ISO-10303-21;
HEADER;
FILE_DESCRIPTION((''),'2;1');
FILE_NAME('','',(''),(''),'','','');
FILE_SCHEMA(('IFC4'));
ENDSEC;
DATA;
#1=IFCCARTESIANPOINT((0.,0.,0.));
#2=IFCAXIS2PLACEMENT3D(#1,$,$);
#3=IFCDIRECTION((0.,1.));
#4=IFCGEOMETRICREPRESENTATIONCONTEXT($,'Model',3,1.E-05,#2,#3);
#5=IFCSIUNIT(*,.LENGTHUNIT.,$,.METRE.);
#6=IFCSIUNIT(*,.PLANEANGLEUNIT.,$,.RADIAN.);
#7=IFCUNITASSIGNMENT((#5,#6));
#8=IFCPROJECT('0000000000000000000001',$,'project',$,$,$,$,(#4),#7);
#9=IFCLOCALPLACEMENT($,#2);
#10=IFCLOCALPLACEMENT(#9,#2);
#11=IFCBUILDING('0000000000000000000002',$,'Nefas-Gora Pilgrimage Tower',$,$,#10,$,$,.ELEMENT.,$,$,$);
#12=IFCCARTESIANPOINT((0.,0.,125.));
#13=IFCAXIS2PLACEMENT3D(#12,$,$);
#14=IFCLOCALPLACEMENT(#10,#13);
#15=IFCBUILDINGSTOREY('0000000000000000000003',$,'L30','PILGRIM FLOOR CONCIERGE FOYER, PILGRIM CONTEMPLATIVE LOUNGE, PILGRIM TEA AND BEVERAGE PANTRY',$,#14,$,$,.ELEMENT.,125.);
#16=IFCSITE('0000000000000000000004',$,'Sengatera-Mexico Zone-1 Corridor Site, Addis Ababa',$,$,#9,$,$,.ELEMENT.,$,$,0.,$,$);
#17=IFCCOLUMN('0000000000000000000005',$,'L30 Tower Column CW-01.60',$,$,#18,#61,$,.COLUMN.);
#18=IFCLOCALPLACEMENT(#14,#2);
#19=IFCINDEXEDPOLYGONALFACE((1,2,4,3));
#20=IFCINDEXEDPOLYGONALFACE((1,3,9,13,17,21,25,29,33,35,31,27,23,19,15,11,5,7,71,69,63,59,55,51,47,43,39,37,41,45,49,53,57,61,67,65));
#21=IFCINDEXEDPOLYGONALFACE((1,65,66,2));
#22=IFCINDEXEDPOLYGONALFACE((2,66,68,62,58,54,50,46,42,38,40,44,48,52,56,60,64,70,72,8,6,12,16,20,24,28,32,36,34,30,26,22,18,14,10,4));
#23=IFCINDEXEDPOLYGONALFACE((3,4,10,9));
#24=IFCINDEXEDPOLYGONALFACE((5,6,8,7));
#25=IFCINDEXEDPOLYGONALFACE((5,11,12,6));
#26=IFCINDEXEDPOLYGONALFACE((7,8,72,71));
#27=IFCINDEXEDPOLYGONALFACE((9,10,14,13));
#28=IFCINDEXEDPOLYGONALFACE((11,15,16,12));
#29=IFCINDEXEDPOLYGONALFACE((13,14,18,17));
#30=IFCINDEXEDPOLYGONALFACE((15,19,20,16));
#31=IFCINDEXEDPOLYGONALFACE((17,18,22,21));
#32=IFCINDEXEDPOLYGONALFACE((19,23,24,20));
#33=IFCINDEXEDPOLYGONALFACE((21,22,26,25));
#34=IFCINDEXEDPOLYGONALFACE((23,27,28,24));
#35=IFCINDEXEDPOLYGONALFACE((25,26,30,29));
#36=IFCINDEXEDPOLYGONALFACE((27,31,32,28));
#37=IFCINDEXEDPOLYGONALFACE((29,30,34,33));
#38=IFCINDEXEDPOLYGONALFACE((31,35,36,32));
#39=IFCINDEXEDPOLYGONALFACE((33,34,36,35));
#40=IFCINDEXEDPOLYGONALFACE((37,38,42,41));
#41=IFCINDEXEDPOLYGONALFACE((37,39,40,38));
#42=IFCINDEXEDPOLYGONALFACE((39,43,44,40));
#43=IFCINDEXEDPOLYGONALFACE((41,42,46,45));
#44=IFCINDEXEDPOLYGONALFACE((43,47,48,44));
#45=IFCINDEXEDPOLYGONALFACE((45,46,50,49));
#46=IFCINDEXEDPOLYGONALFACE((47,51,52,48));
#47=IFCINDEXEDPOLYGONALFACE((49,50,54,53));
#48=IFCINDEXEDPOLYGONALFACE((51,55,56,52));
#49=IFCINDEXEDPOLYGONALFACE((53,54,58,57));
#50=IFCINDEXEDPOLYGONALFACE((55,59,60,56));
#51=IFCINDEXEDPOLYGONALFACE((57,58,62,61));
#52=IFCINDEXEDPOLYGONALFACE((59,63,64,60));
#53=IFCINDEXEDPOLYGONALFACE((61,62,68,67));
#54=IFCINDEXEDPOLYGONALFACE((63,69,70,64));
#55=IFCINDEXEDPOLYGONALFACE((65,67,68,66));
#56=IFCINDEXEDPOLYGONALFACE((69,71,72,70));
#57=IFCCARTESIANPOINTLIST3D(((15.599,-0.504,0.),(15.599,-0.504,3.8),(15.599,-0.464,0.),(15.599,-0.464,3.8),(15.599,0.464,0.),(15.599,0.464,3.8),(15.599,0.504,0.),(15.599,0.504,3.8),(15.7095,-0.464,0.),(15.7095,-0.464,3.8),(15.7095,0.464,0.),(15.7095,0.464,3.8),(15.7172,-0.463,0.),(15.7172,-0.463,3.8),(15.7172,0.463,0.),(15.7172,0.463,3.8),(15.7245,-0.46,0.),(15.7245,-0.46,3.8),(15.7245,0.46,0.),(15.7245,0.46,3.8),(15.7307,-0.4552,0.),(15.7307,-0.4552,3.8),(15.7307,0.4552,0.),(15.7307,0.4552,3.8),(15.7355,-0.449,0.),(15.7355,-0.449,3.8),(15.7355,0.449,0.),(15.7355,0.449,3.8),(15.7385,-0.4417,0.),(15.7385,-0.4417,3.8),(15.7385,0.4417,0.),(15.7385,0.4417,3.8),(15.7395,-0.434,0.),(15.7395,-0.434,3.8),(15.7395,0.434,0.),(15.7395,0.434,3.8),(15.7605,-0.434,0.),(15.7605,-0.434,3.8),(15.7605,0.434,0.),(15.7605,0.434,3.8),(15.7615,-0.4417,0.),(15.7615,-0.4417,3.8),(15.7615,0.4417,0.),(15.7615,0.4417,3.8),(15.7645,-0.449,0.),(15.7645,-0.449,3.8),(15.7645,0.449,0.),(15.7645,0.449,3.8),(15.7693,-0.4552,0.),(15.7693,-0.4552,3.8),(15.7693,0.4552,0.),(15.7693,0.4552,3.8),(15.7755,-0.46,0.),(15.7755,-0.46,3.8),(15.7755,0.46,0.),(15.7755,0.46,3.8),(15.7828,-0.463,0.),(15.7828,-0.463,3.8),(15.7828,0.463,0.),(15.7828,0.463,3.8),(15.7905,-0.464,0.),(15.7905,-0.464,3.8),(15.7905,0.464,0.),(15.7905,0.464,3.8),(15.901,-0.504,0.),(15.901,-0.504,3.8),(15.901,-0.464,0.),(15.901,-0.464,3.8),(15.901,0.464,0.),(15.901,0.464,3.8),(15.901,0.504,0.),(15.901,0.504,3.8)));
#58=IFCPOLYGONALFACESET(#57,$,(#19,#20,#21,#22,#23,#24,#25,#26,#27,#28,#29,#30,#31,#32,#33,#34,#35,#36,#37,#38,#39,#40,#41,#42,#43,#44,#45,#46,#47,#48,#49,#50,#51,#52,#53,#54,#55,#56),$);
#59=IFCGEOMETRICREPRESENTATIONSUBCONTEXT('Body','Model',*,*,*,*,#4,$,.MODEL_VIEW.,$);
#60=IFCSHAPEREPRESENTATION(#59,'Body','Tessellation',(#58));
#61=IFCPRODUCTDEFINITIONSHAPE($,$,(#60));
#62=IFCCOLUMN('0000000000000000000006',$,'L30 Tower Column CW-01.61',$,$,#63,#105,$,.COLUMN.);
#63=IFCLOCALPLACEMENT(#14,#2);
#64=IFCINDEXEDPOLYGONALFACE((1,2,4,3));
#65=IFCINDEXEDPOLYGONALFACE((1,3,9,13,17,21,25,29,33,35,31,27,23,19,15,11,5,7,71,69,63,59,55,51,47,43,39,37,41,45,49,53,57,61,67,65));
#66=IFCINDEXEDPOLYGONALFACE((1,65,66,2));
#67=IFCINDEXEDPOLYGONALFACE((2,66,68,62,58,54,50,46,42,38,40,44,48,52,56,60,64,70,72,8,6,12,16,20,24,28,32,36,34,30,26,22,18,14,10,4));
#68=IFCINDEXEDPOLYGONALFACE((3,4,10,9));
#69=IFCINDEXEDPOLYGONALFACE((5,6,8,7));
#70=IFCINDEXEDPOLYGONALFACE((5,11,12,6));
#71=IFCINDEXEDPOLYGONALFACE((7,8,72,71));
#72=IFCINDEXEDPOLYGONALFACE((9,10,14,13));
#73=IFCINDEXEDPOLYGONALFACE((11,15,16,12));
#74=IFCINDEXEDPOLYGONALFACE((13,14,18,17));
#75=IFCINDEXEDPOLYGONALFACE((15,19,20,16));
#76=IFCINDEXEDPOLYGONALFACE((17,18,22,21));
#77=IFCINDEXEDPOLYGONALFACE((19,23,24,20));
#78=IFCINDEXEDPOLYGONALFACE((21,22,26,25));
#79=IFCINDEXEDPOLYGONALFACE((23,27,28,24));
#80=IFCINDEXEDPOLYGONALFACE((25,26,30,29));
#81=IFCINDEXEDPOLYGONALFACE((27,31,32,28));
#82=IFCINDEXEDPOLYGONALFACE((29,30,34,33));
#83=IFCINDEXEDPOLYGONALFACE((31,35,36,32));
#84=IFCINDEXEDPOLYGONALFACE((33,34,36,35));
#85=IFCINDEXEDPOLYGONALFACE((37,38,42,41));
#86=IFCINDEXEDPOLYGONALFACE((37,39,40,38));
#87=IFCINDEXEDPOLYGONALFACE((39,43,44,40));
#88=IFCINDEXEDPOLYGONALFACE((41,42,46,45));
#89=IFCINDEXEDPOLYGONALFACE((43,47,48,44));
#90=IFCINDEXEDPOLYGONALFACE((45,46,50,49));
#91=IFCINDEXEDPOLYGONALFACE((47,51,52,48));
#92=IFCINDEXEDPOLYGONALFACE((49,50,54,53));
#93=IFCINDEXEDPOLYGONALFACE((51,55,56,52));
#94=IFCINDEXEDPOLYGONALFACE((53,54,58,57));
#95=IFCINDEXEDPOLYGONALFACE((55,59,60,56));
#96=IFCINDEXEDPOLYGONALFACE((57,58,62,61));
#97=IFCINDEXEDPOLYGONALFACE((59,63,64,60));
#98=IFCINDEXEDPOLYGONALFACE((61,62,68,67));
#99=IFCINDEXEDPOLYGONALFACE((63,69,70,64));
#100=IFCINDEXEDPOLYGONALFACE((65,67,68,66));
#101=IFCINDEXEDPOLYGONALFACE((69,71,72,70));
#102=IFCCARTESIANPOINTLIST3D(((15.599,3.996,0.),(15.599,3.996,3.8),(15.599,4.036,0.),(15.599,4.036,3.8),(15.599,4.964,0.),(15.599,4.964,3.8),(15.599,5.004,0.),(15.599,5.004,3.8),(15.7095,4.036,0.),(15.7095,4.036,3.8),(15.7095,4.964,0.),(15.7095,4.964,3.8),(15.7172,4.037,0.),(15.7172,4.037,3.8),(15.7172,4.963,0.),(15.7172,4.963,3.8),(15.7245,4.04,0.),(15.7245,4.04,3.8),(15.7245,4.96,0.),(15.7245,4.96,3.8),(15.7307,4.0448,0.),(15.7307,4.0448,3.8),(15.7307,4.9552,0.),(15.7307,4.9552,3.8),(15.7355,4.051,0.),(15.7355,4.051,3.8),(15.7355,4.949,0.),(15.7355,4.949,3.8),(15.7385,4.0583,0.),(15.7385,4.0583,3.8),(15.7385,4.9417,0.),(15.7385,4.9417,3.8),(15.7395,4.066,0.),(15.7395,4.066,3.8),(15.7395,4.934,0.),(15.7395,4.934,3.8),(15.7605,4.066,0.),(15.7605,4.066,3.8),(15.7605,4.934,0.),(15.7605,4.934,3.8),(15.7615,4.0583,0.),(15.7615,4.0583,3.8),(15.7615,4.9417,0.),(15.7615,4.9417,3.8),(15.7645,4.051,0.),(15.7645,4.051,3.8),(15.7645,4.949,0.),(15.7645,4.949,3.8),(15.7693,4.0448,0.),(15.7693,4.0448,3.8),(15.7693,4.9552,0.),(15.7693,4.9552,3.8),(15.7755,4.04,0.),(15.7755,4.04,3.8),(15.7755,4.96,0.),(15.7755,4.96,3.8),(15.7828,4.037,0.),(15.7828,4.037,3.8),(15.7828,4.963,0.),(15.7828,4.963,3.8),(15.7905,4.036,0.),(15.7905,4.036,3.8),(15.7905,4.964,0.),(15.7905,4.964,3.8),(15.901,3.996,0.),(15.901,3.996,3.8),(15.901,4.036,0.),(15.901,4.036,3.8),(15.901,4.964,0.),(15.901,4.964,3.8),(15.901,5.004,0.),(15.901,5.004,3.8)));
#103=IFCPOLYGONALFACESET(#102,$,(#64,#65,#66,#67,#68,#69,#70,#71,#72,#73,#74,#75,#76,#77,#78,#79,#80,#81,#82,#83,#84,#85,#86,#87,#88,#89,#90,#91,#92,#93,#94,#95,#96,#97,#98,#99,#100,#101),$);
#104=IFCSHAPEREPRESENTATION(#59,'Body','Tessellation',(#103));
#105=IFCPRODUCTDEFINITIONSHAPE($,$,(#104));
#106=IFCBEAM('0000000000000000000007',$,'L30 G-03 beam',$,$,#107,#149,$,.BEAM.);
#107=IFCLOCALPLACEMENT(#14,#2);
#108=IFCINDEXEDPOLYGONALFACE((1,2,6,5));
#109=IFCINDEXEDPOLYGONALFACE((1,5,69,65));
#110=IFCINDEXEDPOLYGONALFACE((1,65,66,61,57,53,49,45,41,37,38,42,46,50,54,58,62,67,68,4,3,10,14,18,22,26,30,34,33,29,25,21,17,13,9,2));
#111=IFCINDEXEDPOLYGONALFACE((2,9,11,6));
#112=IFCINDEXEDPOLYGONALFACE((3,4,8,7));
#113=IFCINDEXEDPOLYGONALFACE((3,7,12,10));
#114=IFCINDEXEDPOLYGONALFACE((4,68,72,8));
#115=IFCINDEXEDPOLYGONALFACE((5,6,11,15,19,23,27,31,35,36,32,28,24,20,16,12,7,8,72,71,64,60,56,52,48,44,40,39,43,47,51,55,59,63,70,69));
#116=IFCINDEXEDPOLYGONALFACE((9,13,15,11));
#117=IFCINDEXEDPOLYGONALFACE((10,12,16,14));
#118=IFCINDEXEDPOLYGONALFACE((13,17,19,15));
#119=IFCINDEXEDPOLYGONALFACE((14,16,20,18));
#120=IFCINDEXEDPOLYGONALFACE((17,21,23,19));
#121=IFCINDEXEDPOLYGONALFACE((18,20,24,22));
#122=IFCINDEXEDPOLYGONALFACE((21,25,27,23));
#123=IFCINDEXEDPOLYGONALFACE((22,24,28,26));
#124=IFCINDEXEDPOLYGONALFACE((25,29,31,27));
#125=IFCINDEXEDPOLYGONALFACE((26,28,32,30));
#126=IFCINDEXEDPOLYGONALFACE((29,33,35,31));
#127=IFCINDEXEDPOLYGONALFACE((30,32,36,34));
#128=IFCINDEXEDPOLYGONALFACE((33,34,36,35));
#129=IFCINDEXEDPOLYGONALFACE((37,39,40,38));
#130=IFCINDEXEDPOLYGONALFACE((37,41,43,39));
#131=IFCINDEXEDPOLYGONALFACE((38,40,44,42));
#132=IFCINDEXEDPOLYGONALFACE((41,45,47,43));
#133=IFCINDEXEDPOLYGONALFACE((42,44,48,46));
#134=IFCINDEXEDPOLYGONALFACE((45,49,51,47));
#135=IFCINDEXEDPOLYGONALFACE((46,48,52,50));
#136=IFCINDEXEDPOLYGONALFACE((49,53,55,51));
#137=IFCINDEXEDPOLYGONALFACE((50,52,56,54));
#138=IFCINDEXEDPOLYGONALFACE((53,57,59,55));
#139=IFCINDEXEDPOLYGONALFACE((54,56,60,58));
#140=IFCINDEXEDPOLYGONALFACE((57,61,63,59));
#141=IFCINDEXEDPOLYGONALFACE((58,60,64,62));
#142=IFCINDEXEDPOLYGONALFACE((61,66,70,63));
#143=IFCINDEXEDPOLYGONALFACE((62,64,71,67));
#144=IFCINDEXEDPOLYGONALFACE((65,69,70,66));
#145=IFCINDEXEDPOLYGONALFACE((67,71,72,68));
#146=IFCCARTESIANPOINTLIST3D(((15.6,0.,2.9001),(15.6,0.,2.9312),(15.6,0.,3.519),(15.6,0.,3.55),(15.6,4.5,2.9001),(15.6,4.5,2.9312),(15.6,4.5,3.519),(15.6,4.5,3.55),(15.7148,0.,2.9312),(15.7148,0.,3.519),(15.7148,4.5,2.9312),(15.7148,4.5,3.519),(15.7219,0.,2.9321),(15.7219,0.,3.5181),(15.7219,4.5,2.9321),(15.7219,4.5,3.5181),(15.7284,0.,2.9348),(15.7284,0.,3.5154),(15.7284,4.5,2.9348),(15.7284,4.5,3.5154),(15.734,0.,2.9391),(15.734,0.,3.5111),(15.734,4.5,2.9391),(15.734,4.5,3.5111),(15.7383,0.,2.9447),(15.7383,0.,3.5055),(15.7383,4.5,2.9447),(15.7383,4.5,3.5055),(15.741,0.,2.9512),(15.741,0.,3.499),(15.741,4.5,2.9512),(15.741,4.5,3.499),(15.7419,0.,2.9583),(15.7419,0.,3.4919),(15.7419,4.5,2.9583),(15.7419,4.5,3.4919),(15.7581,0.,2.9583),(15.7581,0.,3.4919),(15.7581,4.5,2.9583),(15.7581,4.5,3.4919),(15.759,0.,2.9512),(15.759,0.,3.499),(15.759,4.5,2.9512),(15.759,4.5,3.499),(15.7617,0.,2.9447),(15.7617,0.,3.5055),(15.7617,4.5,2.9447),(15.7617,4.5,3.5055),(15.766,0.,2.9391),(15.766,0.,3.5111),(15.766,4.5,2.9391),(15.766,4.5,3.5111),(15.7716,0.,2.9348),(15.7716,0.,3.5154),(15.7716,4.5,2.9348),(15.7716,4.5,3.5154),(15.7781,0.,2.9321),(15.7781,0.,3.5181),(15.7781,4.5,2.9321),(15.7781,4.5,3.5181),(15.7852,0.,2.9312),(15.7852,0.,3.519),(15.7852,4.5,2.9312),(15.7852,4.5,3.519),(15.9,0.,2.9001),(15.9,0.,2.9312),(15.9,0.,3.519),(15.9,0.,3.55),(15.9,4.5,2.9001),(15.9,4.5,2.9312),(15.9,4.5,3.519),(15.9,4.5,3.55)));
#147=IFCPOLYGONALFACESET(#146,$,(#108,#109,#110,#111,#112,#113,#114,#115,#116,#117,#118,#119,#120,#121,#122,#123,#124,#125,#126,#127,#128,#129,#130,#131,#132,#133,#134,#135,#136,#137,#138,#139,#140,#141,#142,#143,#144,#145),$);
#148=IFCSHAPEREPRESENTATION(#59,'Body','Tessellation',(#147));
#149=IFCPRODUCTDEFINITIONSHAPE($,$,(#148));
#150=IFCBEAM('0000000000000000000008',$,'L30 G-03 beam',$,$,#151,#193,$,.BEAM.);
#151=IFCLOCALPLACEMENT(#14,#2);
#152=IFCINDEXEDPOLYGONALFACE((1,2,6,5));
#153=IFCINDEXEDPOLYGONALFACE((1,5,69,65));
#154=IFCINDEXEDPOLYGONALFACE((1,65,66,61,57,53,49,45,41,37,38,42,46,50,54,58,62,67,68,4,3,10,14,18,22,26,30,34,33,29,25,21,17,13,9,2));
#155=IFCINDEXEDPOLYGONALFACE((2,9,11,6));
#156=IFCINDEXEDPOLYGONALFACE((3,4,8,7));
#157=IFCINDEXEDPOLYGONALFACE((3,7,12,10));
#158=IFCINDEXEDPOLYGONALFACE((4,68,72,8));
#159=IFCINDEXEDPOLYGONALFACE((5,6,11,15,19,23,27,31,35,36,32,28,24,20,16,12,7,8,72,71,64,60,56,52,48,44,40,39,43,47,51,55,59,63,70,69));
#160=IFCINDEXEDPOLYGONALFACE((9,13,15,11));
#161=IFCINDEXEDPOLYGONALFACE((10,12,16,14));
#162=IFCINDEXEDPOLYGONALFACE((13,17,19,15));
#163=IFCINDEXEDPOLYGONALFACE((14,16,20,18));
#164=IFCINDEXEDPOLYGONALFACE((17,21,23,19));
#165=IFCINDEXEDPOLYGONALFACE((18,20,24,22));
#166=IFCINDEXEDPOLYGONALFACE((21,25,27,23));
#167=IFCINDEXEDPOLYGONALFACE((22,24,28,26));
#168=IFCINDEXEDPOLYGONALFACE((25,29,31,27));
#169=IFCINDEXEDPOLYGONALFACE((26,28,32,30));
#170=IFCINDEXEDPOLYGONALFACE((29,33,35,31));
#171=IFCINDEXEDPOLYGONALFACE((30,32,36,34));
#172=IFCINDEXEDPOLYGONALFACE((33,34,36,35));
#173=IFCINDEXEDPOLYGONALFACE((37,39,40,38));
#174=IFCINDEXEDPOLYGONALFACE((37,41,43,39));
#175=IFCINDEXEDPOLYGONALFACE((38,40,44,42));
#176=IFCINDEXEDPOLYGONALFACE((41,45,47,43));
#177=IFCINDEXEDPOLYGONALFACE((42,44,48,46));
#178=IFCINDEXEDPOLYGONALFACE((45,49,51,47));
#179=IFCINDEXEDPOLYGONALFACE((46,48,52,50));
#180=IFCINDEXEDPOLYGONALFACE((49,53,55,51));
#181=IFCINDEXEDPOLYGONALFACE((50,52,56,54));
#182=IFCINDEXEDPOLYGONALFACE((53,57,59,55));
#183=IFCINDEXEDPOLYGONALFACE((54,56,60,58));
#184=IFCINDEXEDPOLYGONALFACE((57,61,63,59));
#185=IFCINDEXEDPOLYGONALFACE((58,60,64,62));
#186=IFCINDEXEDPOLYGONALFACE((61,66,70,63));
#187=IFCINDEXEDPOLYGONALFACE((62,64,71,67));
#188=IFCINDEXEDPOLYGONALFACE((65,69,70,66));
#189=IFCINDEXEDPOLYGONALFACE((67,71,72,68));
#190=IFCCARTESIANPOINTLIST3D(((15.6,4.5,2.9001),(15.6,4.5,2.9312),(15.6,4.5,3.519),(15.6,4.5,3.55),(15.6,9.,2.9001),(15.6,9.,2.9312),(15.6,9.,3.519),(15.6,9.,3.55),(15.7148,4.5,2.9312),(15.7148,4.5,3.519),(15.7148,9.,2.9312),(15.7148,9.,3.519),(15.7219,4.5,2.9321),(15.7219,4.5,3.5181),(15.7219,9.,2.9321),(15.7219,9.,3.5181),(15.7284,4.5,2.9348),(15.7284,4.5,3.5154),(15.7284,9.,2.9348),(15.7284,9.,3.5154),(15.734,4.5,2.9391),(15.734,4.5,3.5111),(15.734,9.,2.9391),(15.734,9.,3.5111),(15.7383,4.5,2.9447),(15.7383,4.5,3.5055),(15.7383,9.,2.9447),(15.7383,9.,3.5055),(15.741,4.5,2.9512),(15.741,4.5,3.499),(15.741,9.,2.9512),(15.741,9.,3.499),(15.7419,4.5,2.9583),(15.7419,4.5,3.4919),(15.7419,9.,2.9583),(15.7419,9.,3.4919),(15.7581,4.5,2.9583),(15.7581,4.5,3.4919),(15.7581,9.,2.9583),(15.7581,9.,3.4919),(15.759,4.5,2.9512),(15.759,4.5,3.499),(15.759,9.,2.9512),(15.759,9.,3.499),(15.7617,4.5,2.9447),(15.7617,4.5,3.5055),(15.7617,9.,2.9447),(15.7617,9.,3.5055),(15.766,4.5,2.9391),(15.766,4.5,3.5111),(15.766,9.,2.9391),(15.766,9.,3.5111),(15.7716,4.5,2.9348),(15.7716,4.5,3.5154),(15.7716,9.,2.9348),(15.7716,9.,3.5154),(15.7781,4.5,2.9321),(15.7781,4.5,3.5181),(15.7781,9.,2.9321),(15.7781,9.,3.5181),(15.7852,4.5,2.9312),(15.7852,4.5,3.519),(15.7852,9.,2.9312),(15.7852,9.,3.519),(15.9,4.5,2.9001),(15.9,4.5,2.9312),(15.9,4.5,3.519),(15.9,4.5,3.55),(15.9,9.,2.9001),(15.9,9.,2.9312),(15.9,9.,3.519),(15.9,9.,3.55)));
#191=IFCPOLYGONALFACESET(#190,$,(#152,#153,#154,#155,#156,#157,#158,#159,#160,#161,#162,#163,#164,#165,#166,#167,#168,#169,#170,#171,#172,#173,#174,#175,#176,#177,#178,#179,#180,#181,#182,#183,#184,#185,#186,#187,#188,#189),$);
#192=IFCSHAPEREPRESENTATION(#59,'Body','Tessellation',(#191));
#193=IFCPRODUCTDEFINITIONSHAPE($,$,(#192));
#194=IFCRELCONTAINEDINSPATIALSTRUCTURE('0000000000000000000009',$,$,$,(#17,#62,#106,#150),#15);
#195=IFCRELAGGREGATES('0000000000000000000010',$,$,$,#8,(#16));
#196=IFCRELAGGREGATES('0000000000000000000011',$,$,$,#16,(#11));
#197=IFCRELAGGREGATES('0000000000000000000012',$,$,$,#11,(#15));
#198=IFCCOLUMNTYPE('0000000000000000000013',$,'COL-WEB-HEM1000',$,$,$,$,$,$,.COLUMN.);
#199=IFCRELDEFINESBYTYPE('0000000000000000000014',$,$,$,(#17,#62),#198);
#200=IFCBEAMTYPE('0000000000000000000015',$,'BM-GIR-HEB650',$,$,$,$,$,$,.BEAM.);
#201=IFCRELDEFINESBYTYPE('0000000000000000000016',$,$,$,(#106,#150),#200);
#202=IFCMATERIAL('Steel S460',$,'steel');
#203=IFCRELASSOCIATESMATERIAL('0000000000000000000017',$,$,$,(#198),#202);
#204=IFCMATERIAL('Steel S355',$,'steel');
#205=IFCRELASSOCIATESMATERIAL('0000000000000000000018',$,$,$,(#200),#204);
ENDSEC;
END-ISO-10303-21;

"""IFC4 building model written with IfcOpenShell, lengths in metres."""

from ifc_helpers import new_model, si_unit, direction, frame, origin, origin_2d, place, context, subcontext, project, spatial, i_section, extrude, source, transform, mapped, material, material_profile, profile_set, type_object, element, save


model = new_model("IFC4")

# Units and contexts
model_context = context("Model", 3, precision=1e-05, world=origin(), true_north=direction((0.0, 1.0)))
body_context = subcontext(model_context, "Body", "Model", "MODEL_VIEW")
ifc_project = project(units=[si_unit("LENGTHUNIT", "METRE"), si_unit("PLANEANGLEUNIT", "RADIAN")], contexts=[model_context])

# Site, building, storey
site_placement = place(None, origin())
site = spatial("IfcSite", under=ifc_project, at=site_placement, Name="Sengatera-Mexico Zone-1 Corridor Site, Addis Ababa", CompositionType="ELEMENT", RefElevation=0.0)
building_placement = place(site_placement, origin())
building = spatial("IfcBuilding", under=site, at=building_placement, Name="Nefas-Gora Pilgrimage Tower", CompositionType="ELEMENT")
storey_placement = place(building_placement, frame((0.0, 0.0, 125.0)))
storey = spatial("IfcBuildingStorey", under=building, at=storey_placement, Name="L30", Description="PILGRIM FLOOR CONCIERGE FOYER, PILGRIM CONTEMPLATIVE LOUNGE, PILGRIM TEA AND BEVERAGE PANTRY", CompositionType="ELEMENT", Elevation=125.0)

# Columns
ifc_material_1 = material(Name="Steel S460", Category="steel")
ifc_material_profile_1 = material_profile(ifc_material_1, i_section(OverallWidth=0.302, OverallDepth=1.0081, WebThickness=0.021, FlangeThickness=0.04, FilletRadius=0.03, at=origin_2d()), Name="HEM 1000")
ifc_profile_set_1 = profile_set([ifc_material_profile_1], Name="Steel S460")
column_type = type_object("IfcColumnType", Name="COL-WEB-HEM1000", PredefinedType="COLUMN", material=ifc_profile_set_1)
shared_shape_1 = source(origin(), body_context, "Body", "SweptSolid", [
    extrude(i_section(OverallWidth=0.302, OverallDepth=1.0081, WebThickness=0.021, FlangeThickness=0.04, FilletRadius=0.03, at=origin_2d()), origin(), (0.0, 0.0, 1.0), 3.8),
])
for number, where, z_axis, x_axis, name in (
    (1, (15.75, 0.0, 0.0), (0.0, 0.0, 1.0), (1.0, 0.0, 0.0), "L30 Tower Column CW-01.60"),
    (2, (15.75, 4.5, 0.0), (0.0, 0.0, 1.0), (1.0, 0.0, 0.0), "L30 Tower Column CW-01.61"),
):
    element("IfcColumn", number, at=place(storey_placement, frame(where, z_axis=z_axis, x_axis=x_axis)), inside=storey, type_object=column_type, Name=name, PredefinedType="COLUMN", context=body_context, shape_type="MappedRepresentation", body=[
        mapped(shared_shape_1, transform((0.0, 0.0, 0.0), x_axis=(1.0, 0.0, 0.0), y_axis=(0.0, 1.0, 0.0), z_axis=(0.0, 0.0, 1.0), scale=1.0)),
    ])

# Beams
ifc_material_2 = material(Name="Steel S355", Category="steel")
ifc_material_profile_2 = material_profile(ifc_material_2, i_section(OverallWidth=0.3, OverallDepth=0.6499, WebThickness=0.0161, FlangeThickness=0.031, FilletRadius=0.0271, at=origin_2d()), Name="HEB 650")
ifc_profile_set_2 = profile_set([ifc_material_profile_2], Name="Steel S355")
beam_type = type_object("IfcBeamType", Name="BM-GIR-HEB650", PredefinedType="BEAM", material=ifc_profile_set_2)
shared_shape_2 = source(origin(), body_context, "Body", "SweptSolid", [
    extrude(i_section(OverallWidth=0.3, OverallDepth=0.6499, WebThickness=0.0161, FlangeThickness=0.031, FilletRadius=0.0271, at=origin_2d()), origin(), (0.0, 0.0, 1.0), 4.5),
])
for number, where, z_axis, x_axis, name in (
    (3, (15.75, 0.0, 3.2251), (0.0, 1.0, 0.0), (-1.0, 0.0, 0.0), "L30 G-03 beam"),
    (4, (15.75, 4.5, 3.2251), (0.0, 1.0, 0.0), (-1.0, 0.0, 0.0), "L30 G-03 beam"),
):
    element("IfcBeam", number, at=place(storey_placement, frame(where, z_axis=z_axis, x_axis=x_axis)), inside=storey, type_object=beam_type, Name=name, PredefinedType="BEAM", context=body_context, shape_type="MappedRepresentation", body=[
        mapped(shared_shape_2, transform((0.0, 0.0, 0.0), x_axis=(1.0, 0.0, 0.0), y_axis=(0.0, 1.0, 0.0), z_axis=(0.0, 0.0, 1.0), scale=1.0)),
    ])

save(model, "model.ifc")
